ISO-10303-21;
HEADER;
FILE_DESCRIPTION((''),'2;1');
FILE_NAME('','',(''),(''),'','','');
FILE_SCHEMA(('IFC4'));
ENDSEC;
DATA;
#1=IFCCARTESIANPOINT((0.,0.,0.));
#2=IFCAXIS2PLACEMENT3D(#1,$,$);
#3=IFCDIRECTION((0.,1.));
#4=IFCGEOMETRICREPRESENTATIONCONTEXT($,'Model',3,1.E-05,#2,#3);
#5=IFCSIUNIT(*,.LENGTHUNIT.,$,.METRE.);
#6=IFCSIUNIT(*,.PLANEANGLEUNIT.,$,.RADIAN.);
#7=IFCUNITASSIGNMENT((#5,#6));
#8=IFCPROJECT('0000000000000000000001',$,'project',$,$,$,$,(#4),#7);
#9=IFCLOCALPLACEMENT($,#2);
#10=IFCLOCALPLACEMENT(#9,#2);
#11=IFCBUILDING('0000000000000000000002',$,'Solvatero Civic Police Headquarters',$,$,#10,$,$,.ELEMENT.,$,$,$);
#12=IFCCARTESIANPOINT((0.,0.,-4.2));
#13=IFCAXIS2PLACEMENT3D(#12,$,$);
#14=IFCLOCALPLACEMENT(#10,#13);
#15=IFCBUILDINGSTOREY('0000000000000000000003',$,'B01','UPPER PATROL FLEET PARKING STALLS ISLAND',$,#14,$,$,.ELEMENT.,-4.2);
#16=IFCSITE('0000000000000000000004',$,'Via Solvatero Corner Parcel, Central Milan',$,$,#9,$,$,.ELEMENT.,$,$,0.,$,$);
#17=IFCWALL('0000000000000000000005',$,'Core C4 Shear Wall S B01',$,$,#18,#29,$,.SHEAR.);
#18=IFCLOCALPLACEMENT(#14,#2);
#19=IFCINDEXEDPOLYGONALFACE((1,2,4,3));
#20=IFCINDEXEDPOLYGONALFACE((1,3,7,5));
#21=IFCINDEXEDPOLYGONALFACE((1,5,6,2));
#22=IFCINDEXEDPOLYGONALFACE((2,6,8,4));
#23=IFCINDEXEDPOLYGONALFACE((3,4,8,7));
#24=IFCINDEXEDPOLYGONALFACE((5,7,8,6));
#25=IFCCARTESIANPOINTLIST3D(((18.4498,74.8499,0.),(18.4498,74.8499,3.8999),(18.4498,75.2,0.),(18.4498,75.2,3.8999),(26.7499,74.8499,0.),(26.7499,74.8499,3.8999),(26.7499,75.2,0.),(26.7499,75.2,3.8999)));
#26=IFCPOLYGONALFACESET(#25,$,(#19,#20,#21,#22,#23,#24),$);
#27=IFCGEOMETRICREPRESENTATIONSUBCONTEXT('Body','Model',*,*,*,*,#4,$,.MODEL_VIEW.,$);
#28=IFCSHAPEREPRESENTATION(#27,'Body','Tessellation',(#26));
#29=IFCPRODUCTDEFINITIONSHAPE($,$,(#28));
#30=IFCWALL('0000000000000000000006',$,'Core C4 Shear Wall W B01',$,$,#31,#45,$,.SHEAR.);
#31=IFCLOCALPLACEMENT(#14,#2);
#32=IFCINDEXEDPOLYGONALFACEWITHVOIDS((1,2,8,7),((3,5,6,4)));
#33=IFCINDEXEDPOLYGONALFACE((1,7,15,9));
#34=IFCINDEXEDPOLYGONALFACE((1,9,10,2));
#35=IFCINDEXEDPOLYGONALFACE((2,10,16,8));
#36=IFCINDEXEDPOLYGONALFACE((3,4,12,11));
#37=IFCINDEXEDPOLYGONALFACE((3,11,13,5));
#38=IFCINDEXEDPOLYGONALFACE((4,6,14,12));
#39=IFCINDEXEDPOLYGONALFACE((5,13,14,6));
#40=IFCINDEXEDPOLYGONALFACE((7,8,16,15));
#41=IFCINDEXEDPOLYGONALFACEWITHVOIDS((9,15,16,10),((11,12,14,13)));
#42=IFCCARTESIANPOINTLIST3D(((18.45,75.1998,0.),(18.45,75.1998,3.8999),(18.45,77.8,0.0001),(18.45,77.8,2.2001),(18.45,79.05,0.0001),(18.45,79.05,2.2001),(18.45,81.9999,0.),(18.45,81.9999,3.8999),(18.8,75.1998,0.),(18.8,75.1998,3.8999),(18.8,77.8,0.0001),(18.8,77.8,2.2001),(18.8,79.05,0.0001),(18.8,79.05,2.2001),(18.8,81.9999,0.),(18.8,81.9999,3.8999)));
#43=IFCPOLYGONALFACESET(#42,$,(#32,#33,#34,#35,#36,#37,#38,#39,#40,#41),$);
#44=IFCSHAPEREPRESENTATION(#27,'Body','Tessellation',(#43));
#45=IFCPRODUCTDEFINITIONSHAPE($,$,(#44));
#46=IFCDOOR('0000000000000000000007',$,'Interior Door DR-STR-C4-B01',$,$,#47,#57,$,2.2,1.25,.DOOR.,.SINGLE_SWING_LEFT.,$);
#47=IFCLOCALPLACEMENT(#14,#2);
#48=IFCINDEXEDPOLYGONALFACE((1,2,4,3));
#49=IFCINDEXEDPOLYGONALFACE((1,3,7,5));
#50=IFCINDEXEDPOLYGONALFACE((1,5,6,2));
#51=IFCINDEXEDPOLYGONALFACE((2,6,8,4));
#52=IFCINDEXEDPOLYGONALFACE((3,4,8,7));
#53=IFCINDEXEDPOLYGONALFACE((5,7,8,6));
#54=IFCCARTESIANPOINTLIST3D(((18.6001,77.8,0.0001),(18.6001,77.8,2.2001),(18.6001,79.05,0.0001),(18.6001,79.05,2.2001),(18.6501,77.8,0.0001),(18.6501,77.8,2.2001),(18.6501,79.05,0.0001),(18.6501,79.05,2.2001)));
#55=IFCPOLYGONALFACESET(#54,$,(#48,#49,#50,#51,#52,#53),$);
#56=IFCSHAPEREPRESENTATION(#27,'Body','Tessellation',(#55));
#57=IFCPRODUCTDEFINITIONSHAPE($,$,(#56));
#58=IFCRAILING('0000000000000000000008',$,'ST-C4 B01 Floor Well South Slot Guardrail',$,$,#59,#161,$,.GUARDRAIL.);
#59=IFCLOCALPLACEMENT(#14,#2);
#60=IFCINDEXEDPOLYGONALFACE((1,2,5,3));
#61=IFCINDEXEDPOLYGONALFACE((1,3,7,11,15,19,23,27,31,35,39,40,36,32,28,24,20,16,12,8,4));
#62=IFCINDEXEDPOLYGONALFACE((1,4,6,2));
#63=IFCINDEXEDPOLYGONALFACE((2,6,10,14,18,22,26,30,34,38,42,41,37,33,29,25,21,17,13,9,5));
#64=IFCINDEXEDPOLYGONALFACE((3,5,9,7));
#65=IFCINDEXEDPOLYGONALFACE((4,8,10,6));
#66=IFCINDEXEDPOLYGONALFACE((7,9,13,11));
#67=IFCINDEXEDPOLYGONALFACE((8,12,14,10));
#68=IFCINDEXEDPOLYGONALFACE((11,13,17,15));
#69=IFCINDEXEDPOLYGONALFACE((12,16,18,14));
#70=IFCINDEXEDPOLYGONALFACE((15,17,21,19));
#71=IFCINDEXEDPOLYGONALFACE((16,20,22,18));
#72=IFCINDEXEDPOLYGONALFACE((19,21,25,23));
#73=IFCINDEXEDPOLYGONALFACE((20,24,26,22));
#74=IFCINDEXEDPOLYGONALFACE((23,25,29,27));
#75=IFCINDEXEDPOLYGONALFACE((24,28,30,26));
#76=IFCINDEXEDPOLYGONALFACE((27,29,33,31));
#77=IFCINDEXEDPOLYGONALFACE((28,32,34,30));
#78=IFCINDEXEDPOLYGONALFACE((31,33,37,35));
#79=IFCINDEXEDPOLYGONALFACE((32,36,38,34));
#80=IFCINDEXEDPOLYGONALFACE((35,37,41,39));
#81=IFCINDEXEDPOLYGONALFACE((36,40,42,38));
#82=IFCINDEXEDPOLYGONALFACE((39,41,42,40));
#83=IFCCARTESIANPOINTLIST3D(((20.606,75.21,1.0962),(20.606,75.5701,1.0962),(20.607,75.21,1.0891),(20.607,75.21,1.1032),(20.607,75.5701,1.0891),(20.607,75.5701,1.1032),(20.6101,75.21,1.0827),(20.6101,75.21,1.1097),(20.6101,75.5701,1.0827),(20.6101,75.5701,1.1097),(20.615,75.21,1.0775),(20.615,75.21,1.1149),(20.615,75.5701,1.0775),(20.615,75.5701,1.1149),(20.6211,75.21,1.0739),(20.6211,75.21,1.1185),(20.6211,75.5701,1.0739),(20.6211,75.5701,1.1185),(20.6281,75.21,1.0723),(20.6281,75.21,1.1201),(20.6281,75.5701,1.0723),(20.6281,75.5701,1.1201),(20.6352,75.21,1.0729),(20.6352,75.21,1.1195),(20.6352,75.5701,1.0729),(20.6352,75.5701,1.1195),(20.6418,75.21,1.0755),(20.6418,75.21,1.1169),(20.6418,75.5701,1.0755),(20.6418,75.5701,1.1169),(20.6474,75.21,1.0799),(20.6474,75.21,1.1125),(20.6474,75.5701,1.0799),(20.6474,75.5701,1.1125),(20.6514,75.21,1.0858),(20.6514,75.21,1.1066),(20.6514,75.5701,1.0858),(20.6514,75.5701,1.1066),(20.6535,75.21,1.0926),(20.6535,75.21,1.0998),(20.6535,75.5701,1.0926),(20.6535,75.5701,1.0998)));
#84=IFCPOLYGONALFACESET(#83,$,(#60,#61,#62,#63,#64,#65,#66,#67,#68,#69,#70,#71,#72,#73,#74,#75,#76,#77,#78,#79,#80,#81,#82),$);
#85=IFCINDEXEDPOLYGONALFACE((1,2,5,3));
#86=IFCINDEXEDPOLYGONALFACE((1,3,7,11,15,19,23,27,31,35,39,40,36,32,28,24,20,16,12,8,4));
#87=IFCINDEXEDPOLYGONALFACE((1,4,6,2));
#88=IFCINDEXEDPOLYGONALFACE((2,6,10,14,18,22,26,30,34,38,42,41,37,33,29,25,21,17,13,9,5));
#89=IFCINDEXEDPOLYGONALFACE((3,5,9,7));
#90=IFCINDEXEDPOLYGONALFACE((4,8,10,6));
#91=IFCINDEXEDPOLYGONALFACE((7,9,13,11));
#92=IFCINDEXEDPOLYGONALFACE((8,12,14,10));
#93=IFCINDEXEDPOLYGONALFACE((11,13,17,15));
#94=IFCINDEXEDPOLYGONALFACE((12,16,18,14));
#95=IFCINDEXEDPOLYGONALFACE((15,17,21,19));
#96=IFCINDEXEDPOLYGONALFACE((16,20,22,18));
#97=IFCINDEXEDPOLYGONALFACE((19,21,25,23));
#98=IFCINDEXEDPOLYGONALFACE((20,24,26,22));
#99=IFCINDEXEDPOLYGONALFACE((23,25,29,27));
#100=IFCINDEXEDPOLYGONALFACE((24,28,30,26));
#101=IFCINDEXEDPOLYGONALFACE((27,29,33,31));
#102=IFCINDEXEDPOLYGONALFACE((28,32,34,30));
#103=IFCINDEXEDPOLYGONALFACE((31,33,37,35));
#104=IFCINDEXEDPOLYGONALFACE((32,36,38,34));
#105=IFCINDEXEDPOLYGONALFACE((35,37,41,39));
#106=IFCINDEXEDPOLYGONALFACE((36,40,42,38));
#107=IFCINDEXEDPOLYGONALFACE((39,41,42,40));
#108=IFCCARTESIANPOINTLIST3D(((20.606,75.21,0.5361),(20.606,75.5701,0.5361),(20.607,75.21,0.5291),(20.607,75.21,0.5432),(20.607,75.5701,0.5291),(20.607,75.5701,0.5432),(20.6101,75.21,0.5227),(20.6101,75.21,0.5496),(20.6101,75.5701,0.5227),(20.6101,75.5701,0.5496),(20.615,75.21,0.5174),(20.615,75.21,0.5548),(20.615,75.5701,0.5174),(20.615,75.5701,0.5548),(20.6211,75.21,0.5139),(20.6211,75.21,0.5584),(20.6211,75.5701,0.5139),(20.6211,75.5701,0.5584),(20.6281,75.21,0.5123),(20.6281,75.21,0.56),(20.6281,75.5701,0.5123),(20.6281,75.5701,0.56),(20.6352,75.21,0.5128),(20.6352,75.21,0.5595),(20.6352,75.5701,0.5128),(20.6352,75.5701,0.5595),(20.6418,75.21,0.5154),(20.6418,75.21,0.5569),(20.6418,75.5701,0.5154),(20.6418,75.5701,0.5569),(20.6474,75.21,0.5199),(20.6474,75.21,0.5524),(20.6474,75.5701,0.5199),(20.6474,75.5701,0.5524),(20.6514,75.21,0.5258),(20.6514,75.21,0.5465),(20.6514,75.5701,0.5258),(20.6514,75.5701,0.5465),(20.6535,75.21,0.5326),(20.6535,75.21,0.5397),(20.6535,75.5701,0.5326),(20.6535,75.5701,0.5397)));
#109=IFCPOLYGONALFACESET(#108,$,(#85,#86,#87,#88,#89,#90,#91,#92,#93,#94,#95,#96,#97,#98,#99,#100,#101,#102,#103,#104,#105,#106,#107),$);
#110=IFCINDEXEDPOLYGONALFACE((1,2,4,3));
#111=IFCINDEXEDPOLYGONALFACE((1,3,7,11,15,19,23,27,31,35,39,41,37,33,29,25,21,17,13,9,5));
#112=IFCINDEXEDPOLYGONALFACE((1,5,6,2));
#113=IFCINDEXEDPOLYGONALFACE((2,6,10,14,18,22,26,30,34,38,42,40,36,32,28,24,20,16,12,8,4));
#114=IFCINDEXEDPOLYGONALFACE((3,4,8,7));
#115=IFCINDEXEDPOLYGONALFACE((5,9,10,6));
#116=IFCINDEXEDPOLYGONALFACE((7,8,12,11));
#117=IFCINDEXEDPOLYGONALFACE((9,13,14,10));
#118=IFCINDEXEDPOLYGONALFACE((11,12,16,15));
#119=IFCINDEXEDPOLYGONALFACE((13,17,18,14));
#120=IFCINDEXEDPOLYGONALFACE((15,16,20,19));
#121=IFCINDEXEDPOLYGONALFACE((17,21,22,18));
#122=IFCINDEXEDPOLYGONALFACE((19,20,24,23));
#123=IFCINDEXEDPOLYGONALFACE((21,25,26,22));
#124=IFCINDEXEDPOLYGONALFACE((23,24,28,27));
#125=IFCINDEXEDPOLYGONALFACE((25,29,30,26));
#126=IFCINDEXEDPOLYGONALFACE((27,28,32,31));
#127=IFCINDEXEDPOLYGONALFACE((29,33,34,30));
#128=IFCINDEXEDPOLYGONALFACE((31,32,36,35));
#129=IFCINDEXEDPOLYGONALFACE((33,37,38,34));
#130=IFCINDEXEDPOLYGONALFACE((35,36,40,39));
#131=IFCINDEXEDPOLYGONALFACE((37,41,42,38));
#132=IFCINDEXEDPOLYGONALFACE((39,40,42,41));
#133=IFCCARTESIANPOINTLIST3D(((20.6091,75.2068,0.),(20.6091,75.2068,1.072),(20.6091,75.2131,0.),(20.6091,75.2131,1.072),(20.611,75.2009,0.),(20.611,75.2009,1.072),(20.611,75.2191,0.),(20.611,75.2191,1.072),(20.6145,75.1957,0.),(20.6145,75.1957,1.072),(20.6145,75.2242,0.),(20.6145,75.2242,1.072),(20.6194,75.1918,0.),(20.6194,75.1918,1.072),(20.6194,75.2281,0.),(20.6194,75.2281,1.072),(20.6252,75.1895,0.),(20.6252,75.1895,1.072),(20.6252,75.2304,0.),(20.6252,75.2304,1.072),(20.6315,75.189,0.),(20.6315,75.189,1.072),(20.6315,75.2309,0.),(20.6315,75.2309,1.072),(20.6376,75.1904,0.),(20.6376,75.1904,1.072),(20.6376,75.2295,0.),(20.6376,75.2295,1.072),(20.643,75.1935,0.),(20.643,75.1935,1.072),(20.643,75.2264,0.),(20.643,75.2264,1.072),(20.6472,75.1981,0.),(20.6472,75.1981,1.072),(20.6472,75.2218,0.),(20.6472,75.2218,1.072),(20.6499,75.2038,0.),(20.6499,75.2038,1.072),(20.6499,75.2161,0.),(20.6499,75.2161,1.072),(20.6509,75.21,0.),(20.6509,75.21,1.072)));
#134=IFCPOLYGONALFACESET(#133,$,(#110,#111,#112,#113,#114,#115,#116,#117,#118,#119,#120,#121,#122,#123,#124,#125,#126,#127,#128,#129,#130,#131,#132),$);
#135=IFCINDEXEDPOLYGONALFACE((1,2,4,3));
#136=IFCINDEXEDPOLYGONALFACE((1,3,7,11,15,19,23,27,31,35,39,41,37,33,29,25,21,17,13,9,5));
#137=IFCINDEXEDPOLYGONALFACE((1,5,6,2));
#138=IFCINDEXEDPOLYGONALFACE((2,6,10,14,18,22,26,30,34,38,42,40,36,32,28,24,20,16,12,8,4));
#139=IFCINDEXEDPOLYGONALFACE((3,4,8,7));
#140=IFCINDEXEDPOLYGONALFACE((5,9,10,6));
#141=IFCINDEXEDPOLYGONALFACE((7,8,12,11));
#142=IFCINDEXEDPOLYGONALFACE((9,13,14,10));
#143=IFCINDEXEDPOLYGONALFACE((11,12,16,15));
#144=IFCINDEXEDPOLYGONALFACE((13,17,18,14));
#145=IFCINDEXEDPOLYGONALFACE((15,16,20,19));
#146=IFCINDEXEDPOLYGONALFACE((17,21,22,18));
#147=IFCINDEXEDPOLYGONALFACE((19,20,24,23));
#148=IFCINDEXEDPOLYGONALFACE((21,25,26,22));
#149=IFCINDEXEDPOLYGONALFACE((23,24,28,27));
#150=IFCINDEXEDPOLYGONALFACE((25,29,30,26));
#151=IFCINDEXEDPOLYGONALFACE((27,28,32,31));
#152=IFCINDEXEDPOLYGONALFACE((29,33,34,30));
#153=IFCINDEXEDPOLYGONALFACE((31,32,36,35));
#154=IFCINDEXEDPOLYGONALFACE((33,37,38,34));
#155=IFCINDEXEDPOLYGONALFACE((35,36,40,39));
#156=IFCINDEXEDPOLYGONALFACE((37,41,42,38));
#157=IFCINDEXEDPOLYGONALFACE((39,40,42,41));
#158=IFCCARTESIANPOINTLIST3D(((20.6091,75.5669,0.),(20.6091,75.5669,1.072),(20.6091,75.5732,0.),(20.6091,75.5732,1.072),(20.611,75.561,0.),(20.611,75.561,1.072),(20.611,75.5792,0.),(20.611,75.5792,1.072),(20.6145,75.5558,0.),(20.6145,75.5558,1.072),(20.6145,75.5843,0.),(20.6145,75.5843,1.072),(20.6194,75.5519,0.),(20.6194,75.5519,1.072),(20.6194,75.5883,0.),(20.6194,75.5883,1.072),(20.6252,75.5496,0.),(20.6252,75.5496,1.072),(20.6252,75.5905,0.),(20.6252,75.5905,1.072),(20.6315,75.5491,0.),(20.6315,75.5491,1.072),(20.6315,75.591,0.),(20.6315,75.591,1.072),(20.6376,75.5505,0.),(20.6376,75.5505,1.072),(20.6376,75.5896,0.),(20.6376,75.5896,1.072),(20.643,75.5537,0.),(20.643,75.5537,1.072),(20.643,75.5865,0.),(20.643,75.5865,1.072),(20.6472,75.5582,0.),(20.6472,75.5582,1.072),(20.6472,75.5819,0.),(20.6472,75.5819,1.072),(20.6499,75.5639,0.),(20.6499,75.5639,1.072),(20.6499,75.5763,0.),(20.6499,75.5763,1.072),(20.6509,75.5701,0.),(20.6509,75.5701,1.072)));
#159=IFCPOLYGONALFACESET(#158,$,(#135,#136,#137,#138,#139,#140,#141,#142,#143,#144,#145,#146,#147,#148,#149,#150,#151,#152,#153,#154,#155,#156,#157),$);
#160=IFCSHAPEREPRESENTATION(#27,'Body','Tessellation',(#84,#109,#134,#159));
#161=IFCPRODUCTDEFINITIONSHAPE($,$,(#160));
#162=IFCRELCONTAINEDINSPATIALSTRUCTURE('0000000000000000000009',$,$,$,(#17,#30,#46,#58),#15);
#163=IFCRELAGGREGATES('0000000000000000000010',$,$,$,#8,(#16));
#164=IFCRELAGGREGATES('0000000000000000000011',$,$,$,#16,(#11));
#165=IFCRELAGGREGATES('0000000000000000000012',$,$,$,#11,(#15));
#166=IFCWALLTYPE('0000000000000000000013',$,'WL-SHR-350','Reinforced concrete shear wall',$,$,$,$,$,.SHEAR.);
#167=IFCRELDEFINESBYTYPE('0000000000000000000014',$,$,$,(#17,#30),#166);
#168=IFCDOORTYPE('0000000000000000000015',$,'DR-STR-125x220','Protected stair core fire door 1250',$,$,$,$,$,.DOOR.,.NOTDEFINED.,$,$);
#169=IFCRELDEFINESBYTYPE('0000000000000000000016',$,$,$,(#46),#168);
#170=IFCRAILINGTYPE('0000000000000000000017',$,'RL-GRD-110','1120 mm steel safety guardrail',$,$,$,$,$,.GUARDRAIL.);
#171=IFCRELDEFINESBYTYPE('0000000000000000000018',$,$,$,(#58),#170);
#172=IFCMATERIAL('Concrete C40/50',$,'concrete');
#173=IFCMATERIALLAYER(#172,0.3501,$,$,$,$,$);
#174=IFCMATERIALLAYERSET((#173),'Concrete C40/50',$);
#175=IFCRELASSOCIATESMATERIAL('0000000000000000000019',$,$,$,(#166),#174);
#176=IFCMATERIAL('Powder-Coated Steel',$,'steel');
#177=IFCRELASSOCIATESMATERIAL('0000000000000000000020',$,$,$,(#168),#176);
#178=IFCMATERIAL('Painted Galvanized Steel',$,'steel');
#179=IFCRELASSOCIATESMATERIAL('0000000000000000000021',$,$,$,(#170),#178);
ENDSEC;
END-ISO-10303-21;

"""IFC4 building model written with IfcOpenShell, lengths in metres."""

from ifc_helpers import new_model, si_unit, direction, frame, frame_2d, origin, origin_2d, place, context, subcontext, project, spatial, rectangle, circle, extrude, material, layer, layer_set, type_object, element, fill, save


model = new_model("IFC4")

# Units and contexts
model_context = context("Model", 3, precision=1e-05, world=origin(), true_north=direction((0.0, 1.0)))
body_context = subcontext(model_context, "Body", "Model", "MODEL_VIEW")
ifc_project = project(units=[si_unit("LENGTHUNIT", "METRE"), si_unit("PLANEANGLEUNIT", "RADIAN")], contexts=[model_context])

# Site, building, storey
site_placement = place(None, origin())
site = spatial("IfcSite", under=ifc_project, at=site_placement, Name="Via Solvatero Corner Parcel, Central Milan", CompositionType="ELEMENT", RefElevation=0.0)
building_placement = place(site_placement, origin())
building = spatial("IfcBuilding", under=site, at=building_placement, Name="Solvatero Civic Police Headquarters", CompositionType="ELEMENT")
storey_placement = place(building_placement, frame((0.0, 0.0, -4.2)))
storey = spatial("IfcBuildingStorey", under=building, at=storey_placement, Name="B01", Description="UPPER PATROL FLEET PARKING STALLS ISLAND", CompositionType="ELEMENT", Elevation=-4.2)

# Shared definitions
ifc_material_1 = material(Name="Concrete C40/50", Category="concrete")

# Wall
ifc_layer = layer(ifc_material_1, 0.3501)
ifc_layer_set = layer_set([ifc_layer], Name="Concrete C40/50")
wall_type = type_object("IfcWallType", Name="WL-SHR-350", Description="Reinforced concrete shear wall", PredefinedType="SHEAR", material=ifc_layer_set)
wall_1_placement = place(storey_placement, frame((18.45, 75.0249, 0.0), z_axis=(0.0, 0.0, 1.0), x_axis=(1.0, 0.0, 0.0)))
element("IfcWall", 1, at=wall_1_placement, inside=storey, type_object=wall_type, Name="Core C4 Shear Wall S B01", PredefinedType="SHEAR", context=body_context, shape_type="SweptSolid", body=[
    extrude(rectangle(XDim=8.3, YDim=0.3501, at=frame_2d((4.1499, 0.0))), origin(), (0.0, 0.0, 1.0), 3.8999),
])

# Wall, opening, door
wall_2_placement = place(storey_placement, frame((18.625, 75.2, 0.0), z_axis=(0.0, 0.0, 1.0), x_axis=(0.0, 1.0, 0.0)))
wall_2 = element("IfcWall", 2, at=wall_2_placement, inside=storey, type_object=wall_type, Name="Core C4 Shear Wall W B01", PredefinedType="SHEAR", context=body_context, shape_type="SweptSolid", body=[
    extrude(rectangle(XDim=6.8, YDim=0.3501, at=frame_2d((3.3999, 0.0))), origin(), (0.0, 0.0, 1.0), 3.8999),
])
opening_placement = place(wall_2_placement, frame((2.6001, 0.0, 0.0)))
opening = element("IfcOpeningElement", 3, at=opening_placement, cuts=wall_2, PredefinedType="OPENING", context=body_context, shape_type="SweptSolid", body=[
    extrude(rectangle(XDim=1.25, YDim=2.2, at=frame_2d((0.625, 1.1001))), frame((0.0, 0.1851, 0.0), z_axis=(0.0, -1.0, 0.0), x_axis=(1.0, 0.0, 0.0)), (0.0, 0.0, 1.0), 0.3701),
])
ifc_material_2 = material(Name="Powder-Coated Steel", Category="steel")
door_type = type_object("IfcDoorType", Name="DR-STR-125x220", Description="Protected stair core fire door 1250", OperationType="NOTDEFINED", PredefinedType="DOOR", material=ifc_material_2)
door_placement = place(opening_placement, origin())
door = element("IfcDoor", 4, at=door_placement, inside=storey, type_object=door_type, Name="Interior Door DR-STR-C4-B01", OperationType="SINGLE_SWING_LEFT", OverallHeight=2.2, OverallWidth=1.25, PredefinedType="DOOR", context=body_context, shape_type="SweptSolid", body=[
    extrude(rectangle(XDim=1.25, YDim=2.2, at=frame_2d((0.625, 1.1001))), frame((0.0, 0.0249, 0.0), z_axis=(0.0, -1.0, 0.0), x_axis=(1.0, 0.0, 0.0)), (0.0, 0.0, 1.0), 0.05),
])
fill(opening, door)

# Railing
ifc_material_3 = material(Name="Painted Galvanized Steel", Category="steel")
railing_type = type_object("IfcRailingType", Name="RL-GRD-110", Description="1120 mm steel safety guardrail", PredefinedType="GUARDRAIL", material=ifc_material_3)
railing_placement = place(storey_placement, frame((20.6299, 75.21, 0.0)))
element("IfcRailing", 5, at=railing_placement, inside=storey, type_object=railing_type, Name="ST-C4 B01 Floor Well South Slot Guardrail", PredefinedType="GUARDRAIL", context=body_context, shape_type="SweptSolid", body=[
    extrude(circle(Radius=0.0239, at=origin_2d()), frame((0.0, 0.0, 1.0962), z_axis=(0.0, 1.0, 0.0), x_axis=(-1.0, 0.0, 0.0)), (0.0, 0.0, 1.0), 0.3601),
    extrude(circle(Radius=0.0239, at=origin_2d()), frame((0.0, 0.0, 0.5361), z_axis=(0.0, 1.0, 0.0), x_axis=(-1.0, 0.0, 0.0)), (0.0, 0.0, 1.0), 0.3601),
    extrude(circle(Radius=0.021, at=origin_2d()), origin(), (0.0, 0.0, 1.0), 1.072),
    extrude(circle(Radius=0.021, at=origin_2d()), frame((0.0, 0.3601, 0.0)), (0.0, 0.0, 1.0), 1.072),
])

save(model, "model.ifc")
